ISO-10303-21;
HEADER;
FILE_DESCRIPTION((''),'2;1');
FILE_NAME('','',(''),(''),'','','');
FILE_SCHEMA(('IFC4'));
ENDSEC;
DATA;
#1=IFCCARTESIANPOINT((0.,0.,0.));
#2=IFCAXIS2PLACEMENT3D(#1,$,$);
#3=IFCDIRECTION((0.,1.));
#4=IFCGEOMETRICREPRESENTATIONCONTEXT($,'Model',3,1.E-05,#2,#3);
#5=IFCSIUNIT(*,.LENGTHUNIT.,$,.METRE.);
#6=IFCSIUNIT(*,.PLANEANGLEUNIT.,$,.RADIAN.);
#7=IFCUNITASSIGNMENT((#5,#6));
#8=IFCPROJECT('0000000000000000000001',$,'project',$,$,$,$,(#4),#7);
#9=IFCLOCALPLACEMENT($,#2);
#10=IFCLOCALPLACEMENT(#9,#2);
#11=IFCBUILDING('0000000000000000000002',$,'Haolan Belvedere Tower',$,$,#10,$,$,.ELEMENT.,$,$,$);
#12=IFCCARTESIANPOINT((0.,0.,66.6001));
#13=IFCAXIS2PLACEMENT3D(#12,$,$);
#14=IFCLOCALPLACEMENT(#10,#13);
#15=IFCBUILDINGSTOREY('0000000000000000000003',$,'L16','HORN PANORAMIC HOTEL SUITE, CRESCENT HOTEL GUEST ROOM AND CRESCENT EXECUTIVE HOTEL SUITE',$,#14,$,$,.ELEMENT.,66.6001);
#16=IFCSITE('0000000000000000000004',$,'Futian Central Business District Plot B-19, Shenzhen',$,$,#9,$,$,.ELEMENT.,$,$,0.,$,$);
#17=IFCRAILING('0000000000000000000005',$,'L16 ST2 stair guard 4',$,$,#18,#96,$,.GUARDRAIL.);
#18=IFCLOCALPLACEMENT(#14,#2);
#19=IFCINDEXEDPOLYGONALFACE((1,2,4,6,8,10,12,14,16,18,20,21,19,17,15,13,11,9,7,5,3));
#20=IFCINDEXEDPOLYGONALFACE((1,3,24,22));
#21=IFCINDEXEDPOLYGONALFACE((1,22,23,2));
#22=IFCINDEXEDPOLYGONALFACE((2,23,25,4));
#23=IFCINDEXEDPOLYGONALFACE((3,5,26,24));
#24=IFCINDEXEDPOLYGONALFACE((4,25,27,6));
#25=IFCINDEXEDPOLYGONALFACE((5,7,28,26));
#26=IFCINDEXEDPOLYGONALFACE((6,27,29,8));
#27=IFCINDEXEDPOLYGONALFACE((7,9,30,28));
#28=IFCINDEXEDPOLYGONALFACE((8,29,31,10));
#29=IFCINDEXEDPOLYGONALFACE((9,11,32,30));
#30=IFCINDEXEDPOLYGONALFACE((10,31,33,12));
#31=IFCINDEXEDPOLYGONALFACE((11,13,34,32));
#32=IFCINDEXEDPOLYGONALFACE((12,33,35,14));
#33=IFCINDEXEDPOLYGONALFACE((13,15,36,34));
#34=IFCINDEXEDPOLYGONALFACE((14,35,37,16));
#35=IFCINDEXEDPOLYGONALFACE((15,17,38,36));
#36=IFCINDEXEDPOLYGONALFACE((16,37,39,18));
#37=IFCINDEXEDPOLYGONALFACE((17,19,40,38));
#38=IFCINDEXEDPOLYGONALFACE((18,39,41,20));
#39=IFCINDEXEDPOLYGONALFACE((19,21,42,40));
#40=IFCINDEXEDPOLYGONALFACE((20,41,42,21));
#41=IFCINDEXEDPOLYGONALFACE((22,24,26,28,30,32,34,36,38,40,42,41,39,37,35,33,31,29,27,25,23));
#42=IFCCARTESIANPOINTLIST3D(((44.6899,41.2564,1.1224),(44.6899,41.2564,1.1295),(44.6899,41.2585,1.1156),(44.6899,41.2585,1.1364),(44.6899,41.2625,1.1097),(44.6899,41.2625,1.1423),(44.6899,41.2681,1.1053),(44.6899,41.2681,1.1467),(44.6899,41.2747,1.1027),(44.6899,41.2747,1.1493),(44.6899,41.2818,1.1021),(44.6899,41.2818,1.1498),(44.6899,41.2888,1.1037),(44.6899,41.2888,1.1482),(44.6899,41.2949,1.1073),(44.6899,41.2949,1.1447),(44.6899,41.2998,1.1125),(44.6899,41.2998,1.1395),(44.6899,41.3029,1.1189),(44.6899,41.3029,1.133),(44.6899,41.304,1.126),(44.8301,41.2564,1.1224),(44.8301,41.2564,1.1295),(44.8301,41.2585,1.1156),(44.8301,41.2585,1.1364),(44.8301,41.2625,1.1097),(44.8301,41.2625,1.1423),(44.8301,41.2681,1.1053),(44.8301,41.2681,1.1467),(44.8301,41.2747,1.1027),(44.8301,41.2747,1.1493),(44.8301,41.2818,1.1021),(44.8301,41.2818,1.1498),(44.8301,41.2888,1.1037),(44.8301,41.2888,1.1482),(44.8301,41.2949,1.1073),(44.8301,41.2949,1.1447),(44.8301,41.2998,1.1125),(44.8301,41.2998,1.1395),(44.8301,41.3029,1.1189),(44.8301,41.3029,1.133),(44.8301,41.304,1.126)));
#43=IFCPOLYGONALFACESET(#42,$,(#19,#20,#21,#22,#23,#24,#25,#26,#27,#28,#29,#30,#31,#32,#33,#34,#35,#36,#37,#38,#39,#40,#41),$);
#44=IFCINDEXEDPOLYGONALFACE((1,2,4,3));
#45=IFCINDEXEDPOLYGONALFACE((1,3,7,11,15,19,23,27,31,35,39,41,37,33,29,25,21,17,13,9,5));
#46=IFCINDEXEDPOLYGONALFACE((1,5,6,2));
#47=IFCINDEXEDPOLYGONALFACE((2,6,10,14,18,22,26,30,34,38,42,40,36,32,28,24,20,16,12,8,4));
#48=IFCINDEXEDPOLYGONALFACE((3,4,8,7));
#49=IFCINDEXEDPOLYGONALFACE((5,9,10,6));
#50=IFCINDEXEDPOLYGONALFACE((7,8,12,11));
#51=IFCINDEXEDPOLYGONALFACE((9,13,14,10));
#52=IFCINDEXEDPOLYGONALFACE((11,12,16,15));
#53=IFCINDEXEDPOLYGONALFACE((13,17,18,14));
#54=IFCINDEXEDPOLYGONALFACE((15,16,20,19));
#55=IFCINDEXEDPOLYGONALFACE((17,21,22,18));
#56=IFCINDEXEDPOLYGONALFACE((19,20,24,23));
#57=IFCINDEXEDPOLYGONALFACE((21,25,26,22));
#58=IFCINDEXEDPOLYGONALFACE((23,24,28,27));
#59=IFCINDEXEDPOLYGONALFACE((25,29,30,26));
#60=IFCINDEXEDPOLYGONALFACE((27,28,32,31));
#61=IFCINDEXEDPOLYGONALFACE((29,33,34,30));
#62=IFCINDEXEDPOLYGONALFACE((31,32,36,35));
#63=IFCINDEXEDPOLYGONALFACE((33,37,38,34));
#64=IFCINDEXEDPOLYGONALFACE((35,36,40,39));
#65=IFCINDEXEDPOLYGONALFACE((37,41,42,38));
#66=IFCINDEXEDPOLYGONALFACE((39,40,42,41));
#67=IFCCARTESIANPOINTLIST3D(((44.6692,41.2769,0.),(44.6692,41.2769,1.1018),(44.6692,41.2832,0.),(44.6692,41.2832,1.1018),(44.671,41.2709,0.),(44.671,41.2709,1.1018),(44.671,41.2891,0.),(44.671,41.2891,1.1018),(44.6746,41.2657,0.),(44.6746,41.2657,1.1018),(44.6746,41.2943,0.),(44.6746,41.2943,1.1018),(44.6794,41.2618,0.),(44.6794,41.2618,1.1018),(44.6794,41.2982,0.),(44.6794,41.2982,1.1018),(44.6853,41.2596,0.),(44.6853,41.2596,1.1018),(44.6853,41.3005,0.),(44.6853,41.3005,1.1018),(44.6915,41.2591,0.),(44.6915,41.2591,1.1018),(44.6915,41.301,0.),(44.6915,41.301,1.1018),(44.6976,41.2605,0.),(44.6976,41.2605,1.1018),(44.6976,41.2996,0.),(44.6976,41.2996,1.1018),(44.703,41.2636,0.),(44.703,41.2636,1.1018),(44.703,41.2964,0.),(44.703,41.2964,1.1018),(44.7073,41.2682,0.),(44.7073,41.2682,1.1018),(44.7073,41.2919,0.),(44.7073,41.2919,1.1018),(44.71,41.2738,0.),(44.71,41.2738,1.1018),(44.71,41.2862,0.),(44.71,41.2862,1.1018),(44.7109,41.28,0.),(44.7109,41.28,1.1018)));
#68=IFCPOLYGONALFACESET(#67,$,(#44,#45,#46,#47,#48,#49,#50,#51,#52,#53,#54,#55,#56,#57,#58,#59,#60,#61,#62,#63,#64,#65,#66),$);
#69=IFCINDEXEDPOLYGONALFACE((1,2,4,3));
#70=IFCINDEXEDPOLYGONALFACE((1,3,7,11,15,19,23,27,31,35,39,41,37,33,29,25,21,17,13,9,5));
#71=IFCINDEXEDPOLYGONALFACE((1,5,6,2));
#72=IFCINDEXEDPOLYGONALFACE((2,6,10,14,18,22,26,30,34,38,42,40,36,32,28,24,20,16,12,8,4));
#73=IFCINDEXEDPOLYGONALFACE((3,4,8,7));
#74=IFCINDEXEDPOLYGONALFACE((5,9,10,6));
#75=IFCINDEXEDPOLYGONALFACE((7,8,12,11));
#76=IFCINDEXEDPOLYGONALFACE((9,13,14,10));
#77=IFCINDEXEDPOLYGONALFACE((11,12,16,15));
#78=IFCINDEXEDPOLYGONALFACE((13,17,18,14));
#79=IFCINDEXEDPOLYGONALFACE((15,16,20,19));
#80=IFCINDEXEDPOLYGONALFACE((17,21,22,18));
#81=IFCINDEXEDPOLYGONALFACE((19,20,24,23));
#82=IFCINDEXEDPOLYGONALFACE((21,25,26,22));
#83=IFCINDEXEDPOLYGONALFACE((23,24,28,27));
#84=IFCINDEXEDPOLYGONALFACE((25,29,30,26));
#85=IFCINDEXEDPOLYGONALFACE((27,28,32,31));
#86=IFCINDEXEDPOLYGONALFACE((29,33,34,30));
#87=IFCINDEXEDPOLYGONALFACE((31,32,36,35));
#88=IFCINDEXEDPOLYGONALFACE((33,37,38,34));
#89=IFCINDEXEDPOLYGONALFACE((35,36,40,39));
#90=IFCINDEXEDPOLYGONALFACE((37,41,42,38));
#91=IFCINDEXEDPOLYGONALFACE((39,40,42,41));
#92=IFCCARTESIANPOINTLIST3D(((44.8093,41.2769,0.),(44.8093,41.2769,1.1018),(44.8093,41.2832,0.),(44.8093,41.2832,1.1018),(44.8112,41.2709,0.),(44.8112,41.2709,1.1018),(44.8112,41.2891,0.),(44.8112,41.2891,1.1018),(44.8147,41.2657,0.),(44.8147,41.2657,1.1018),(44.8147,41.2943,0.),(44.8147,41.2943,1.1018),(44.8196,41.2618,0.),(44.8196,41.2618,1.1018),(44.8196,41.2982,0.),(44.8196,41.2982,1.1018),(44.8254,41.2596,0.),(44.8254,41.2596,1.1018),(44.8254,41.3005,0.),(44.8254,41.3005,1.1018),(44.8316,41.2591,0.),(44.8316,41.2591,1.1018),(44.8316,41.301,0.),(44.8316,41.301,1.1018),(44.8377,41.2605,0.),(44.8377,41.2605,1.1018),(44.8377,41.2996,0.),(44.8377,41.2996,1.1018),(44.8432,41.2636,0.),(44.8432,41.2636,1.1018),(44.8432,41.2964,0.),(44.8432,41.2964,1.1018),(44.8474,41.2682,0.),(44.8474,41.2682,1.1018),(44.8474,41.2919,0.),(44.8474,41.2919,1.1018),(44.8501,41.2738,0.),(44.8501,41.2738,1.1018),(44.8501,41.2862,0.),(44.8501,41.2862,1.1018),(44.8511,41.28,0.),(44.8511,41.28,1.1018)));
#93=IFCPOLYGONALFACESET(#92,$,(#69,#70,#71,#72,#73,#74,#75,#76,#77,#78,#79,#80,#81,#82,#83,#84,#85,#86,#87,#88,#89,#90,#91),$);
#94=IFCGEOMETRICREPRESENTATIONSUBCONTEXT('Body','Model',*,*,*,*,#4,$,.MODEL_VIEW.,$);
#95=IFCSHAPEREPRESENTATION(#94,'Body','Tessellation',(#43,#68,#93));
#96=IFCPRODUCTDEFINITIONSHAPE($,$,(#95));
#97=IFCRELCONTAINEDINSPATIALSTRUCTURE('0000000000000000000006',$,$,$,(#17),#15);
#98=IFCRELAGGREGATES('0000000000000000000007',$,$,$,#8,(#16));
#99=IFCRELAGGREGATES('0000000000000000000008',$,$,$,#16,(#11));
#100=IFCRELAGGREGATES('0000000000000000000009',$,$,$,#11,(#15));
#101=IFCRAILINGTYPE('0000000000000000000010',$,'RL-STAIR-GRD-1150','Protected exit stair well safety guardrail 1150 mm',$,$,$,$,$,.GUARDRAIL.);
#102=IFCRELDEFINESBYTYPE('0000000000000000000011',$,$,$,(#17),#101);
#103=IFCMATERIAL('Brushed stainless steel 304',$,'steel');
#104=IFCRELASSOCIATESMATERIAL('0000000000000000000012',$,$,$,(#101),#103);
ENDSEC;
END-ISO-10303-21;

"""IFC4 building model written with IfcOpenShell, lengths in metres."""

from ifc_helpers import new_model, si_unit, direction, frame, origin, origin_2d, place, context, subcontext, project, spatial, circle, extrude, material, type_object, element, save


model = new_model("IFC4")

# Units and contexts
model_context = context("Model", 3, precision=1e-05, world=origin(), true_north=direction((0.0, 1.0)))
body_context = subcontext(model_context, "Body", "Model", "MODEL_VIEW")
ifc_project = project(units=[si_unit("LENGTHUNIT", "METRE"), si_unit("PLANEANGLEUNIT", "RADIAN")], contexts=[model_context])

# Site, building, storey
site_placement = place(None, origin())
site = spatial("IfcSite", under=ifc_project, at=site_placement, Name="Futian Central Business District Plot B-19, Shenzhen", CompositionType="ELEMENT", RefElevation=0.0)
building_placement = place(site_placement, origin())
building = spatial("IfcBuilding", under=site, at=building_placement, Name="Haolan Belvedere Tower", CompositionType="ELEMENT")
storey_placement = place(building_placement, frame((0.0, 0.0, 66.6001)))
storey = spatial("IfcBuildingStorey", under=building, at=storey_placement, Name="L16", Description="HORN PANORAMIC HOTEL SUITE, CRESCENT HOTEL GUEST ROOM AND CRESCENT EXECUTIVE HOTEL SUITE", CompositionType="ELEMENT", Elevation=66.6001)

# Railing
ifc_material_1 = material(Name="Brushed stainless steel 304", Category="steel")
railing_type_1 = type_object("IfcRailingType", Name="RL-STAIR-GRD-1150", Description="Protected exit stair well safety guardrail 1150 mm", PredefinedType="GUARDRAIL", material=ifc_material_1)
railing_1_placement = place(storey_placement, frame((44.6899, 41.28, 0.0)))
element("IfcRailing", 1, at=railing_1_placement, inside=storey, type_object=railing_type_1, Name="L16 ST2 stair guard 4", PredefinedType="GUARDRAIL", context=body_context, shape_type="SweptSolid", body=[
    extrude(circle(Radius=0.0239, at=origin_2d()), frame((0.0, 0.0, 1.126), z_axis=(1.0, 0.0, 0.0), x_axis=(0.0, 1.0, 0.0)), (0.0, 0.0, 1.0), 0.1401),
    extrude(circle(Radius=0.021, at=origin_2d()), origin(), (0.0, 0.0, 1.0), 1.1018),
    extrude(circle(Radius=0.021, at=origin_2d()), frame((0.1401, 0.0, 0.0)), (0.0, 0.0, 1.0), 1.1018),
])

save(model, "model.ifc")
